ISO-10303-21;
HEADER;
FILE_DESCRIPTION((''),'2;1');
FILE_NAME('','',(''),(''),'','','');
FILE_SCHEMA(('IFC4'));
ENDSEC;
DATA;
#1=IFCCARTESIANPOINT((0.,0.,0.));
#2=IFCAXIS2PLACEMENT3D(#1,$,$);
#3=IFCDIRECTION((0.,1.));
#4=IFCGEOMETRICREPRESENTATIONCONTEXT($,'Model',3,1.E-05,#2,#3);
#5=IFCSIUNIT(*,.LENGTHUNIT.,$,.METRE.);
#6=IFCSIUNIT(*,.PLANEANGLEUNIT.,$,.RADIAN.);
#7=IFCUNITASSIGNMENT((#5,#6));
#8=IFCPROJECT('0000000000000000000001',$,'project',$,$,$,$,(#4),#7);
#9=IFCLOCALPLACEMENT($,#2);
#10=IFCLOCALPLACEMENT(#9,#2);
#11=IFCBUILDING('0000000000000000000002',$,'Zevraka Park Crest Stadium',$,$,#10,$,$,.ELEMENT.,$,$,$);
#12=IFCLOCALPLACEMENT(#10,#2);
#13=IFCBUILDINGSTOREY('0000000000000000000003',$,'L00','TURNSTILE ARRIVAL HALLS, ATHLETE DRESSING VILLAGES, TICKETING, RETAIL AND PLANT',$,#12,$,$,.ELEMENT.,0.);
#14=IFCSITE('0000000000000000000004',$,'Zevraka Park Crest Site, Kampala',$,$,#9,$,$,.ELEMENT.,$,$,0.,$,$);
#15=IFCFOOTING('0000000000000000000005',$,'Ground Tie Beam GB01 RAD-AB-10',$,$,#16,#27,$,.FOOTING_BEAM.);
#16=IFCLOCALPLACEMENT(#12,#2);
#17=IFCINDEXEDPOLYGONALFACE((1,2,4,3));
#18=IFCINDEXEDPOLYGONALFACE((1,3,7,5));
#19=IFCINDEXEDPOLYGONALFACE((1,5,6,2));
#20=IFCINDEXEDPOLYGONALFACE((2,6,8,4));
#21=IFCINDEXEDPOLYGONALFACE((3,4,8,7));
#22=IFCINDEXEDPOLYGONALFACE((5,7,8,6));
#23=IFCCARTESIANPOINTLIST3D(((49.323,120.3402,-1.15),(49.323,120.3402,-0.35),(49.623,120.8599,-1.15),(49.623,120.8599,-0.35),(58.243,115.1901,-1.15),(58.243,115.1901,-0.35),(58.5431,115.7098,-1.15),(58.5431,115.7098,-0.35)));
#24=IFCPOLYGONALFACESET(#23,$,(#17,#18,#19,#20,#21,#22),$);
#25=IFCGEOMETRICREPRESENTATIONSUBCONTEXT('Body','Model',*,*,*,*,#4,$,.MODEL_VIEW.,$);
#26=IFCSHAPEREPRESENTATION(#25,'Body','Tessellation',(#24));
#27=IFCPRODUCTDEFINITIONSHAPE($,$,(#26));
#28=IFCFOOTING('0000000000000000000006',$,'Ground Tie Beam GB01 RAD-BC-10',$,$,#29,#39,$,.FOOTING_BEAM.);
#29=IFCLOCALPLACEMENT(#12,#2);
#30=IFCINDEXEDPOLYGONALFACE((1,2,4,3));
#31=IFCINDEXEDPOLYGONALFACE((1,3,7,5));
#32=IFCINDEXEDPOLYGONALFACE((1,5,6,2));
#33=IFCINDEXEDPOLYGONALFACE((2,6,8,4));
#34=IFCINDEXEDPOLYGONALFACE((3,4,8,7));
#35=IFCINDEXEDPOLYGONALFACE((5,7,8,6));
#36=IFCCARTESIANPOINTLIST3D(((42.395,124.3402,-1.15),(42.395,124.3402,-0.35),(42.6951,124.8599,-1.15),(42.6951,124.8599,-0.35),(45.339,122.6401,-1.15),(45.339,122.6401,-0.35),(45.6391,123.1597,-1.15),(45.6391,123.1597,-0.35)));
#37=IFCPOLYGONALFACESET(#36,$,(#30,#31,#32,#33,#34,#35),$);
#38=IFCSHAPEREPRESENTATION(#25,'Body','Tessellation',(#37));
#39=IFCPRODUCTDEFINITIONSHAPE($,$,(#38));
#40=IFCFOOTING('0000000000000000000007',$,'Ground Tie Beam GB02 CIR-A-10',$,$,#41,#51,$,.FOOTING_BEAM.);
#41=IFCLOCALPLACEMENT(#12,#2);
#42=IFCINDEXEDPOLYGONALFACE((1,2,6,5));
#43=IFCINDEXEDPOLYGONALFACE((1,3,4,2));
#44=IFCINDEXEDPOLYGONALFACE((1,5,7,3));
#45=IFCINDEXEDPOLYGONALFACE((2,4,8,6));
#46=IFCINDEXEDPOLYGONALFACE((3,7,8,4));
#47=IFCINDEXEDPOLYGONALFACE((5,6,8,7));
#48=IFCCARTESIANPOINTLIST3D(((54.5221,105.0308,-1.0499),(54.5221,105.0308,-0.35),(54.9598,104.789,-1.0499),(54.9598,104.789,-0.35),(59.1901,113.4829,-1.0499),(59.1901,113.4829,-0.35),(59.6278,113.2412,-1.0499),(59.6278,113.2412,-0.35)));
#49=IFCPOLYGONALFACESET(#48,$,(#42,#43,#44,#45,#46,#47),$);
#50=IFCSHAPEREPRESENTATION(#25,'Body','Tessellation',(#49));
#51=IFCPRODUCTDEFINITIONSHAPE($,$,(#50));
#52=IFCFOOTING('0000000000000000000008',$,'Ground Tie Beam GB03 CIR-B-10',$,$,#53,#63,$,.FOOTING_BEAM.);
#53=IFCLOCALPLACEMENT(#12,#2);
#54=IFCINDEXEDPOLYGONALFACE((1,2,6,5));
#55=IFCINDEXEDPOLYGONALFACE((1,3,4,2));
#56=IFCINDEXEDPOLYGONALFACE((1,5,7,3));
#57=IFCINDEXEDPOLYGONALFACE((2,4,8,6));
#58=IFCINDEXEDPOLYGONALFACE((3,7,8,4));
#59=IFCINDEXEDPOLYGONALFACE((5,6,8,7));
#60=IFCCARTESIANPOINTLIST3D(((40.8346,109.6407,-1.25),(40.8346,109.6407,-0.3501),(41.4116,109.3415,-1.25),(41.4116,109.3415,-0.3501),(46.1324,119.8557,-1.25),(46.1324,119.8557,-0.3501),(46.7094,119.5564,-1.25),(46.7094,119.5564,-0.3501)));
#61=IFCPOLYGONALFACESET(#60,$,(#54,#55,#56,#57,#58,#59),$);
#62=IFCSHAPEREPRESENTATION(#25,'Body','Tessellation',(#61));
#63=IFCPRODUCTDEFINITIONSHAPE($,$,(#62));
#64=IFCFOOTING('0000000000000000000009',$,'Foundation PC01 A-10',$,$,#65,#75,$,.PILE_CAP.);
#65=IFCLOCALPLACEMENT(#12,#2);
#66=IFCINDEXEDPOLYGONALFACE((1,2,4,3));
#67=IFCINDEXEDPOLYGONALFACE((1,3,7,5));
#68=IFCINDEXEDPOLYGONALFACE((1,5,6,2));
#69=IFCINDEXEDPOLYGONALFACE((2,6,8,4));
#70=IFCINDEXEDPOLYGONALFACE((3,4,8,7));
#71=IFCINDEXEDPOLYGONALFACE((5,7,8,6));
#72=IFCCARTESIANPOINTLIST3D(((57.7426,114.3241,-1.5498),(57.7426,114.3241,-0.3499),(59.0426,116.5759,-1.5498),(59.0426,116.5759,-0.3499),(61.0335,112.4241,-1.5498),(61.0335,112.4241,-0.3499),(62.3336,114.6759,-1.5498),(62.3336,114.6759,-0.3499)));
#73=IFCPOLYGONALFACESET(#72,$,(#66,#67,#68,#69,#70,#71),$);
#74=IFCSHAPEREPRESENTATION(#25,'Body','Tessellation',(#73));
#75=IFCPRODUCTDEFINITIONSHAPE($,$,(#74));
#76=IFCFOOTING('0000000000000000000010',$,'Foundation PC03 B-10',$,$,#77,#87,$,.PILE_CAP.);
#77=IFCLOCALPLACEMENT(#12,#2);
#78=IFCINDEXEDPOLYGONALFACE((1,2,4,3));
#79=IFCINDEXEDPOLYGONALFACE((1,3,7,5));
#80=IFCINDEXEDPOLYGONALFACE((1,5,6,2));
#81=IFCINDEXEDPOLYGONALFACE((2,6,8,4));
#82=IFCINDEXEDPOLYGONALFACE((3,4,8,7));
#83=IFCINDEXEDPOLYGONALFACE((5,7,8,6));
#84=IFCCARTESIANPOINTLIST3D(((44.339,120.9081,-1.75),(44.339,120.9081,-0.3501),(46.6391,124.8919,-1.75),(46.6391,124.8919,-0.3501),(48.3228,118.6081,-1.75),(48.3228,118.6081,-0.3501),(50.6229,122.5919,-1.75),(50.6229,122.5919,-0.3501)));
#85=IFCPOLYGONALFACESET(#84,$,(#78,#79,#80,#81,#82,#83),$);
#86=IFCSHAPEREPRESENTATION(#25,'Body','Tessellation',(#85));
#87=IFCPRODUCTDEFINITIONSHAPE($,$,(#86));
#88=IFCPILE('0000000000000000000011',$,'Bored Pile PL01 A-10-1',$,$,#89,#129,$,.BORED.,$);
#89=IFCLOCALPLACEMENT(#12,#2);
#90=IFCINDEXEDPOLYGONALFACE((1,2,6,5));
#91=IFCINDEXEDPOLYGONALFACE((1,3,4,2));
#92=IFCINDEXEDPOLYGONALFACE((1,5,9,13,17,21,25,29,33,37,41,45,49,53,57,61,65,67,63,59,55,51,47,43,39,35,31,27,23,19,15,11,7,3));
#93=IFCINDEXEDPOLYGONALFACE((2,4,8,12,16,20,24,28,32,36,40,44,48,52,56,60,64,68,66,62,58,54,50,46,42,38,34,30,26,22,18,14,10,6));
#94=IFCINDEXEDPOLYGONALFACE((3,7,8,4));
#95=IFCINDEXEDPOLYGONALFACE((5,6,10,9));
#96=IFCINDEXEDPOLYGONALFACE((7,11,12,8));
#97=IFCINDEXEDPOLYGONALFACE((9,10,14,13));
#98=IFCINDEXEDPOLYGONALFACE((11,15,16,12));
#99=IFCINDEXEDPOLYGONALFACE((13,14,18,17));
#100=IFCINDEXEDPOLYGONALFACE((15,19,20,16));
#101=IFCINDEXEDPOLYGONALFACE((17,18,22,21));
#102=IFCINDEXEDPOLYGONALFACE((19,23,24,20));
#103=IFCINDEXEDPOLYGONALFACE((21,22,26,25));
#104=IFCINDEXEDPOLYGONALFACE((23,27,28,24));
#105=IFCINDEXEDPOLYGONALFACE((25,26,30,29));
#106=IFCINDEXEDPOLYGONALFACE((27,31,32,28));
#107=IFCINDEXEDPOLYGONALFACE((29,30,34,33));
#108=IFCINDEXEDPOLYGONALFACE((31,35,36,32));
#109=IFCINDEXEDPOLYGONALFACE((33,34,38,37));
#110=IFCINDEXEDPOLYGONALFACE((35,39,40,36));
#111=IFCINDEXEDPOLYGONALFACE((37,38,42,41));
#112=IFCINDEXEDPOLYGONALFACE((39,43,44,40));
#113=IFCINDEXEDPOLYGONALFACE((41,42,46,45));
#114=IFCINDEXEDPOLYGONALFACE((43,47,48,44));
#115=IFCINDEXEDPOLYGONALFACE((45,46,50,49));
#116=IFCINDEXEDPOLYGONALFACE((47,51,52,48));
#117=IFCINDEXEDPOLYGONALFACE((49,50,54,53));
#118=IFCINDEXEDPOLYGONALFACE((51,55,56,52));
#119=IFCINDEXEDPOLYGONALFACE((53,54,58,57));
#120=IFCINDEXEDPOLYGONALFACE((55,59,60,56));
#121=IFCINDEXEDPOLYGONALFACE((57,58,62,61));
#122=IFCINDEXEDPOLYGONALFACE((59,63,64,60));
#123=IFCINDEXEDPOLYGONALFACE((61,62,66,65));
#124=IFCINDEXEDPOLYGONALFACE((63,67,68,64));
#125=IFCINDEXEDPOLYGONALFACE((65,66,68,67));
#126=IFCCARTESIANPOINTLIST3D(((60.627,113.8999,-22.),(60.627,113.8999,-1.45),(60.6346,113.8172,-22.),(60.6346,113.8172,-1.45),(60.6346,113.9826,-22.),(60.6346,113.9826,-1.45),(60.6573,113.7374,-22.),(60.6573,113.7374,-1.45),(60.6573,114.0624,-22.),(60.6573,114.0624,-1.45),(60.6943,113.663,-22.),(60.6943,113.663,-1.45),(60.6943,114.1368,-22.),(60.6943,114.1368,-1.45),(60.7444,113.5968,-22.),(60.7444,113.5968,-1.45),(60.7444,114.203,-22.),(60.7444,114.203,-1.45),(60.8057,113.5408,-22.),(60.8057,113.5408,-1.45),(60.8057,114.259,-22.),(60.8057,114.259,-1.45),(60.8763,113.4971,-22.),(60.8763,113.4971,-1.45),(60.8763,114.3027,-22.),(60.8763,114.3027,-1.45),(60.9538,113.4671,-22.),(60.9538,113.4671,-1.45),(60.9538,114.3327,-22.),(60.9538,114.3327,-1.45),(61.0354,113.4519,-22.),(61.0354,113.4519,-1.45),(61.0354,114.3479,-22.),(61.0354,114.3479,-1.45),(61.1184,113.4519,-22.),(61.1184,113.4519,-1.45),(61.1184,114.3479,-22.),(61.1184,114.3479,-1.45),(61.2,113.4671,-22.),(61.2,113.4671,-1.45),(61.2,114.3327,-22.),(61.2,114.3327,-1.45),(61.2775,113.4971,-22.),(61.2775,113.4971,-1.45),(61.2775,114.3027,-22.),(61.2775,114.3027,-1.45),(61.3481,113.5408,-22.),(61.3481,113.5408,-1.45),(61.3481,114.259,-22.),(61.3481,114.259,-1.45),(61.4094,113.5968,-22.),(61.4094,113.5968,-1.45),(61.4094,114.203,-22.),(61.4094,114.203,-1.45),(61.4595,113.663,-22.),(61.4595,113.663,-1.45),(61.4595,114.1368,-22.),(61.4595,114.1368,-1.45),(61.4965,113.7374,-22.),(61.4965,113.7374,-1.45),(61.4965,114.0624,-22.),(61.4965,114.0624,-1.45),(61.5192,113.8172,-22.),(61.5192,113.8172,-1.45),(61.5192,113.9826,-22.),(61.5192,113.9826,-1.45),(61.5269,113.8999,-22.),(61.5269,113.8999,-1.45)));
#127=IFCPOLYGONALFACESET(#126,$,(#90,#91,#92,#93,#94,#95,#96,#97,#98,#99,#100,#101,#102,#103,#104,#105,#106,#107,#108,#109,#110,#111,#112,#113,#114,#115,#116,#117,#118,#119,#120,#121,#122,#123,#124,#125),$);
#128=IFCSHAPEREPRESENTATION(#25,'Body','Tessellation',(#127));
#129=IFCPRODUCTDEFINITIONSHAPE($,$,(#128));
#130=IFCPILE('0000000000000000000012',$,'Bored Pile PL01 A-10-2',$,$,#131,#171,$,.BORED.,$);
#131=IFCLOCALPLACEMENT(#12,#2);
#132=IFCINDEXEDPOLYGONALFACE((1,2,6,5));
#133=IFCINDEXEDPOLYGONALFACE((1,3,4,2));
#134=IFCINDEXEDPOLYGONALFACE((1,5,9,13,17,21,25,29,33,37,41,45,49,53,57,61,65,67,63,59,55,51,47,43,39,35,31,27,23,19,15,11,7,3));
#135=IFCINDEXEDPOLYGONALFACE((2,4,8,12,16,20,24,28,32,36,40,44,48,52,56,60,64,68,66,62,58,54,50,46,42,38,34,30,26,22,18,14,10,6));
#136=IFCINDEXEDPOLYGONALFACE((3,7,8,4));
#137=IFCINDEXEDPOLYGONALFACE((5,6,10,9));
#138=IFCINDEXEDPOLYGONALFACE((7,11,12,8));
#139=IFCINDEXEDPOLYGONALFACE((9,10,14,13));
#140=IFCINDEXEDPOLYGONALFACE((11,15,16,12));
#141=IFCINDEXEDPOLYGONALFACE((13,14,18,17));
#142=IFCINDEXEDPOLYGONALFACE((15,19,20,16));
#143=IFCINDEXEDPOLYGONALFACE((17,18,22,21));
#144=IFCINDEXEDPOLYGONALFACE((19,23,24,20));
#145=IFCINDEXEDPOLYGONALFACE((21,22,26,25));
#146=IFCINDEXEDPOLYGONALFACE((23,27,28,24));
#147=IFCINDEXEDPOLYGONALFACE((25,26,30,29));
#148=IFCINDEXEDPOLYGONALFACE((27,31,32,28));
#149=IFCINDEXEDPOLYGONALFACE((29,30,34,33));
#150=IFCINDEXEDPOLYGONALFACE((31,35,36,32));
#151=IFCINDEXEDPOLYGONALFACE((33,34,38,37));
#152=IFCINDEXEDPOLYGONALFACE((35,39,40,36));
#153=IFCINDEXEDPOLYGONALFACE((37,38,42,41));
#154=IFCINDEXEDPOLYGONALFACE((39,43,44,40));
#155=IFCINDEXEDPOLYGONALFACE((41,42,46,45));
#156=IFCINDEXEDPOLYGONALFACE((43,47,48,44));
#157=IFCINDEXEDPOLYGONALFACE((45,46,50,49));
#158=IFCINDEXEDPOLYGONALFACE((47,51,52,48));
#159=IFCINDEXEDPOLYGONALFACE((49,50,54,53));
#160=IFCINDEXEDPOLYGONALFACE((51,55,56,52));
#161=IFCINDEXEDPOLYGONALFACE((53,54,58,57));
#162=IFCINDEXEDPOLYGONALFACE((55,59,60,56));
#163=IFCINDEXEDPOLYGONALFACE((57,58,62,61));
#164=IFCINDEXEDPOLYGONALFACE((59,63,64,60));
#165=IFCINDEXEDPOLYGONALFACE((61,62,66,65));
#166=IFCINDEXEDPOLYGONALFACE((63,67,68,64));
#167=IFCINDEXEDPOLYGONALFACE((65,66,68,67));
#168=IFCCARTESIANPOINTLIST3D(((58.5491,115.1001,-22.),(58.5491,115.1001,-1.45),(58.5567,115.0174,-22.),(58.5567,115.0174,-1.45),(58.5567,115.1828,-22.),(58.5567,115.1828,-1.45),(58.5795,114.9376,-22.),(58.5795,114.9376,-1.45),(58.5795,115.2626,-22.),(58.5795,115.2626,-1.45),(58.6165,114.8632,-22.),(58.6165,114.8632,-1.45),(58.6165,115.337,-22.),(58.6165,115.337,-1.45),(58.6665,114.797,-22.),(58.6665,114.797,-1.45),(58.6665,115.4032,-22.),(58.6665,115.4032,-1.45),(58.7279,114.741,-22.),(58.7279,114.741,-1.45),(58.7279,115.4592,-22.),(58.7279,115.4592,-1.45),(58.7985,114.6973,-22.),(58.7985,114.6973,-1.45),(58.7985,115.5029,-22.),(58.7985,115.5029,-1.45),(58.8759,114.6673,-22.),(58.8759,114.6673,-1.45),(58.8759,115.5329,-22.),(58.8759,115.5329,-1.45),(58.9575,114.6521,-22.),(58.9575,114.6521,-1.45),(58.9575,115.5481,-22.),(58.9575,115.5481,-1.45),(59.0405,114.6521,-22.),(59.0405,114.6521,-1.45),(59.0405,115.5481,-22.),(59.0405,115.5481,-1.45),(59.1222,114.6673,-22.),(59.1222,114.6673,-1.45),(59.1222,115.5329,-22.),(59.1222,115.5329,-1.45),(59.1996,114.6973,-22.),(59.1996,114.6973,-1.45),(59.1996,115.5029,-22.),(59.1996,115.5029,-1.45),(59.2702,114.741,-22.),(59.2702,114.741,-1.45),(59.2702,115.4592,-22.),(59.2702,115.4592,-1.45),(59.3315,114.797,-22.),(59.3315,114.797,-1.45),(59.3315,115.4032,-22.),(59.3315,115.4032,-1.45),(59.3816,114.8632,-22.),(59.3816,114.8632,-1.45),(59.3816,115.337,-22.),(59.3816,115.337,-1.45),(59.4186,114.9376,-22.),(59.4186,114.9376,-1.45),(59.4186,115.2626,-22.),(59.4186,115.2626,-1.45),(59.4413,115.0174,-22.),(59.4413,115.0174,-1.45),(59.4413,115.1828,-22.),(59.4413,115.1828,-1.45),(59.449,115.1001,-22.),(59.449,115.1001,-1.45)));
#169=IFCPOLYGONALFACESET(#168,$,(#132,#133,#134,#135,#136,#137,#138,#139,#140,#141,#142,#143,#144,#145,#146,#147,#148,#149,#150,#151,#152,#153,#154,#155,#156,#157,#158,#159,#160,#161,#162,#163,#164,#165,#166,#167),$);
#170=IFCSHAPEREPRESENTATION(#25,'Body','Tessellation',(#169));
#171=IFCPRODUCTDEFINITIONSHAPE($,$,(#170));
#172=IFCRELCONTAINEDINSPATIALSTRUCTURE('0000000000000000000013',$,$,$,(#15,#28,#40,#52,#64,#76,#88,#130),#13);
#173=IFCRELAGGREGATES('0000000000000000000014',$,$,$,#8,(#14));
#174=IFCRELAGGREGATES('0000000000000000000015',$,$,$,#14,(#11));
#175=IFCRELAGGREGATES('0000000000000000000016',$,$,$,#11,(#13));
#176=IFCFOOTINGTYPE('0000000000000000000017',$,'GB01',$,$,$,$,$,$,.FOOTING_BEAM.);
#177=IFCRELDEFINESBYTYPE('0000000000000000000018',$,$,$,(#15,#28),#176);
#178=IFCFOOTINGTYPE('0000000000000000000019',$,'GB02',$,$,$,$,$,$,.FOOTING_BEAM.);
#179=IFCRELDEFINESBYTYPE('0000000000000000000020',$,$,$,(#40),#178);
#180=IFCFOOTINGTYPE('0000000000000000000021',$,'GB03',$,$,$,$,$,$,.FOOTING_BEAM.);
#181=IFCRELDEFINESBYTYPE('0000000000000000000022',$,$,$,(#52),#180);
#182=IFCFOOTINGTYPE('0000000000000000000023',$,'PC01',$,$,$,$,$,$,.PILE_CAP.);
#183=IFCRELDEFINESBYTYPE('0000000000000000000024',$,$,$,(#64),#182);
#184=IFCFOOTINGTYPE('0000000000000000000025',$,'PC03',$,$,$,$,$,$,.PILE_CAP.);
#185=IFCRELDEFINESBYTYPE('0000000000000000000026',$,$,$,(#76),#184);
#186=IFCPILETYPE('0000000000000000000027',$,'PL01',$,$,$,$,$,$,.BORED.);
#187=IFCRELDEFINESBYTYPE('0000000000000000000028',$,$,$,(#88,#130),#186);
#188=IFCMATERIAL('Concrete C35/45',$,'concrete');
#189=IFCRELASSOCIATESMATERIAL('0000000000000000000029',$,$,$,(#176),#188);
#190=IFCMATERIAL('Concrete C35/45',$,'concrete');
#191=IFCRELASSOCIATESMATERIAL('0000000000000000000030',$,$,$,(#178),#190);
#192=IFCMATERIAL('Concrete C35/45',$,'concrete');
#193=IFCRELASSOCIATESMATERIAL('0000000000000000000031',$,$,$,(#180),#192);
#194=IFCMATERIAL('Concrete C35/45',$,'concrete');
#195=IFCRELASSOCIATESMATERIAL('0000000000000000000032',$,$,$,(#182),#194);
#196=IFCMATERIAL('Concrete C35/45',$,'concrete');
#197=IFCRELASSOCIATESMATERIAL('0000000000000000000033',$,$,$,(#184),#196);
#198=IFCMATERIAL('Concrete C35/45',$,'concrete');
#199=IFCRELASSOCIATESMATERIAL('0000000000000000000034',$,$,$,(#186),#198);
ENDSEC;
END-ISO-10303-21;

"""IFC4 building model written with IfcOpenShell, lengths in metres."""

from ifc_helpers import new_model, si_unit, direction, frame, origin, origin_2d, place, context, subcontext, project, spatial, rectangle, circle, extrude, material, material_profile, profile_set, type_object, element, save


model = new_model("IFC4")

# Units and contexts
model_context = context("Model", 3, precision=1e-05, world=origin(), true_north=direction((0.0, 1.0)))
body_context = subcontext(model_context, "Body", "Model", "MODEL_VIEW")
ifc_project = project(units=[si_unit("LENGTHUNIT", "METRE"), si_unit("PLANEANGLEUNIT", "RADIAN")], contexts=[model_context])

# Site, building, storey
site_placement = place(None, origin())
site = spatial("IfcSite", under=ifc_project, at=site_placement, Name="Zevraka Park Crest Site, Kampala", CompositionType="ELEMENT", RefElevation=0.0)
building_placement = place(site_placement, origin())
building = spatial("IfcBuilding", under=site, at=building_placement, Name="Zevraka Park Crest Stadium", CompositionType="ELEMENT")
storey_placement = place(building_placement, origin())
storey = spatial("IfcBuildingStorey", under=building, at=storey_placement, Name="L00", Description="TURNSTILE ARRIVAL HALLS, ATHLETE DRESSING VILLAGES, TICKETING, RETAIL AND PLANT", CompositionType="ELEMENT", Elevation=0.0)

# Footings
ifc_material_1 = material(Name="Concrete C35/45", Category="concrete")
ifc_material_profile_1 = material_profile(ifc_material_1, rectangle(XDim=0.6001, YDim=0.8, at=origin_2d()), Name="GB 800x600")
ifc_profile_set_1 = profile_set([ifc_material_profile_1], Name="Concrete C35/45")
footing_type_1 = type_object("IfcFootingType", Name="GB01", PredefinedType="FOOTING_BEAM", material=ifc_profile_set_1)
footing_1_placement = place(storey_placement, frame((58.3931, 115.45, -0.75), z_axis=(-0.866022, 0.500006, 0.0), x_axis=(-0.500006, -0.866022, 0.0)))
element("IfcFooting", 1, at=footing_1_placement, inside=storey, type_object=footing_type_1, Name="Ground Tie Beam GB01 RAD-AB-10", PredefinedType="FOOTING_BEAM", context=body_context, shape_type="SweptSolid", body=[
    extrude(rectangle(XDim=0.6001, YDim=0.8, at=origin_2d()), origin(), (0.0, 0.0, 1.0), 10.3),
])
footing_2_placement = place(storey_placement, frame((45.489, 122.8999, -0.75), z_axis=(-0.865972, 0.500093, 0.0), x_axis=(-0.500093, -0.865972, 0.0)))
element("IfcFooting", 2, at=footing_2_placement, inside=storey, type_object=footing_type_1, Name="Ground Tie Beam GB01 RAD-BC-10", PredefinedType="FOOTING_BEAM", context=body_context, shape_type="SweptSolid", body=[
    extrude(rectangle(XDim=0.6001, YDim=0.8, at=origin_2d()), origin(), (0.0, 0.0, 1.0), 3.3997),
])
ifc_material_2 = material(Name="Concrete C35/45", Category="concrete")
ifc_material_profile_2 = material_profile(ifc_material_2, rectangle(XDim=0.5, YDim=0.7, at=origin_2d()), Name="GB 700x500")
ifc_profile_set_2 = profile_set([ifc_material_profile_2], Name="Concrete C35/45")
footing_type_2 = type_object("IfcFootingType", Name="GB02", PredefinedType="FOOTING_BEAM", material=ifc_profile_set_2)
footing_3_placement = place(storey_placement, frame((59.4089, 113.3621, -0.7), z_axis=(-0.483452, -0.875371, 0.0), x_axis=(0.875371, -0.483452, 0.0)))
element("IfcFooting", 3, at=footing_3_placement, inside=storey, type_object=footing_type_2, Name="Ground Tie Beam GB02 CIR-A-10", PredefinedType="FOOTING_BEAM", context=body_context, shape_type="SweptSolid", body=[
    extrude(rectangle(XDim=0.5, YDim=0.7, at=origin_2d()), origin(), (0.0, 0.0, 1.0), 9.6555),
])
ifc_material_3 = material(Name="Concrete C35/45", Category="concrete")
ifc_material_profile_3 = material_profile(ifc_material_3, rectangle(XDim=0.6499, YDim=0.8999, at=origin_2d()), Name="GB 900x650")
ifc_profile_set_3 = profile_set([ifc_material_profile_3], Name="Concrete C35/45")
footing_type_3 = type_object("IfcFootingType", Name="GB03", PredefinedType="FOOTING_BEAM", material=ifc_profile_set_3)
footing_4_placement = place(storey_placement, frame((46.4209, 119.7061, -0.8), z_axis=(-0.460395, -0.887714, 0.0), x_axis=(0.887714, -0.460395, 0.0)))
element("IfcFooting", 4, at=footing_4_placement, inside=storey, type_object=footing_type_3, Name="Ground Tie Beam GB03 CIR-B-10", PredefinedType="FOOTING_BEAM", context=body_context, shape_type="SweptSolid", body=[
    extrude(rectangle(XDim=0.6499, YDim=0.8999, at=origin_2d()), origin(), (0.0, 0.0, 1.0), 11.5071),
])
ifc_material_4 = material(Name="Concrete C35/45", Category="concrete")
footing_type_4 = type_object("IfcFootingType", Name="PC01", PredefinedType="PILE_CAP", material=ifc_material_4)
footing_5_placement = place(storey_placement, frame((60.0381, 114.5, -1.5498), z_axis=(0.0, 0.0, 1.0), x_axis=(-0.866025, 0.5, 0.0)))
element("IfcFooting", 5, at=footing_5_placement, inside=storey, type_object=footing_type_4, Name="Foundation PC01 A-10", PredefinedType="PILE_CAP", context=body_context, shape_type="SweptSolid", body=[
    extrude(rectangle(XDim=3.8, YDim=2.6001, at=origin_2d()), origin(), (0.0, 0.0, 1.0), 1.2),
])
ifc_material_5 = material(Name="Concrete C35/45", Category="concrete")
footing_type_5 = type_object("IfcFootingType", Name="PC03", PredefinedType="PILE_CAP", material=ifc_material_5)
footing_6_placement = place(storey_placement, frame((47.481, 121.75, -1.75), z_axis=(0.0, 0.0, 1.0), x_axis=(-0.866025, 0.5, 0.0)))
element("IfcFooting", 6, at=footing_6_placement, inside=storey, type_object=footing_type_5, Name="Foundation PC03 B-10", PredefinedType="PILE_CAP", context=body_context, shape_type="SweptSolid", body=[
    extrude(rectangle(XDim=4.6001, YDim=4.6001, at=origin_2d()), origin(), (0.0, 0.0, 1.0), 1.3999),
])

# Piles
ifc_material_6 = material(Name="Concrete C35/45", Category="concrete")
ifc_material_profile_4 = material_profile(ifc_material_6, circle(Radius=0.45, at=origin_2d()), Name="PILE D900")
ifc_profile_set_4 = profile_set([ifc_material_profile_4], Name="Concrete C35/45")
pile_type_1 = type_object("IfcPileType", Name="PL01", PredefinedType="BORED", material=ifc_profile_set_4)
for number, where, z_axis, x_axis, name in (
    (7, (61.0769, 113.8999, -1.45), (0.0, 0.0, -1.0), (1.0, 0.0, 0.0), "Bored Pile PL01 A-10-1"),
    (8, (58.999, 115.1001, -1.45), (0.0, 0.0, -1.0), (1.0, 0.0, 0.0), "Bored Pile PL01 A-10-2"),
):
    element("IfcPile", number, at=place(storey_placement, frame(where, z_axis=z_axis, x_axis=x_axis)), inside=storey, type_object=pile_type_1, Name=name, PredefinedType="BORED", context=body_context, shape_type="SweptSolid", body=[
        extrude(circle(Radius=0.45, at=origin_2d()), origin(), (0.0, 0.0, 1.0), 20.55),
    ])

save(model, "model.ifc")
